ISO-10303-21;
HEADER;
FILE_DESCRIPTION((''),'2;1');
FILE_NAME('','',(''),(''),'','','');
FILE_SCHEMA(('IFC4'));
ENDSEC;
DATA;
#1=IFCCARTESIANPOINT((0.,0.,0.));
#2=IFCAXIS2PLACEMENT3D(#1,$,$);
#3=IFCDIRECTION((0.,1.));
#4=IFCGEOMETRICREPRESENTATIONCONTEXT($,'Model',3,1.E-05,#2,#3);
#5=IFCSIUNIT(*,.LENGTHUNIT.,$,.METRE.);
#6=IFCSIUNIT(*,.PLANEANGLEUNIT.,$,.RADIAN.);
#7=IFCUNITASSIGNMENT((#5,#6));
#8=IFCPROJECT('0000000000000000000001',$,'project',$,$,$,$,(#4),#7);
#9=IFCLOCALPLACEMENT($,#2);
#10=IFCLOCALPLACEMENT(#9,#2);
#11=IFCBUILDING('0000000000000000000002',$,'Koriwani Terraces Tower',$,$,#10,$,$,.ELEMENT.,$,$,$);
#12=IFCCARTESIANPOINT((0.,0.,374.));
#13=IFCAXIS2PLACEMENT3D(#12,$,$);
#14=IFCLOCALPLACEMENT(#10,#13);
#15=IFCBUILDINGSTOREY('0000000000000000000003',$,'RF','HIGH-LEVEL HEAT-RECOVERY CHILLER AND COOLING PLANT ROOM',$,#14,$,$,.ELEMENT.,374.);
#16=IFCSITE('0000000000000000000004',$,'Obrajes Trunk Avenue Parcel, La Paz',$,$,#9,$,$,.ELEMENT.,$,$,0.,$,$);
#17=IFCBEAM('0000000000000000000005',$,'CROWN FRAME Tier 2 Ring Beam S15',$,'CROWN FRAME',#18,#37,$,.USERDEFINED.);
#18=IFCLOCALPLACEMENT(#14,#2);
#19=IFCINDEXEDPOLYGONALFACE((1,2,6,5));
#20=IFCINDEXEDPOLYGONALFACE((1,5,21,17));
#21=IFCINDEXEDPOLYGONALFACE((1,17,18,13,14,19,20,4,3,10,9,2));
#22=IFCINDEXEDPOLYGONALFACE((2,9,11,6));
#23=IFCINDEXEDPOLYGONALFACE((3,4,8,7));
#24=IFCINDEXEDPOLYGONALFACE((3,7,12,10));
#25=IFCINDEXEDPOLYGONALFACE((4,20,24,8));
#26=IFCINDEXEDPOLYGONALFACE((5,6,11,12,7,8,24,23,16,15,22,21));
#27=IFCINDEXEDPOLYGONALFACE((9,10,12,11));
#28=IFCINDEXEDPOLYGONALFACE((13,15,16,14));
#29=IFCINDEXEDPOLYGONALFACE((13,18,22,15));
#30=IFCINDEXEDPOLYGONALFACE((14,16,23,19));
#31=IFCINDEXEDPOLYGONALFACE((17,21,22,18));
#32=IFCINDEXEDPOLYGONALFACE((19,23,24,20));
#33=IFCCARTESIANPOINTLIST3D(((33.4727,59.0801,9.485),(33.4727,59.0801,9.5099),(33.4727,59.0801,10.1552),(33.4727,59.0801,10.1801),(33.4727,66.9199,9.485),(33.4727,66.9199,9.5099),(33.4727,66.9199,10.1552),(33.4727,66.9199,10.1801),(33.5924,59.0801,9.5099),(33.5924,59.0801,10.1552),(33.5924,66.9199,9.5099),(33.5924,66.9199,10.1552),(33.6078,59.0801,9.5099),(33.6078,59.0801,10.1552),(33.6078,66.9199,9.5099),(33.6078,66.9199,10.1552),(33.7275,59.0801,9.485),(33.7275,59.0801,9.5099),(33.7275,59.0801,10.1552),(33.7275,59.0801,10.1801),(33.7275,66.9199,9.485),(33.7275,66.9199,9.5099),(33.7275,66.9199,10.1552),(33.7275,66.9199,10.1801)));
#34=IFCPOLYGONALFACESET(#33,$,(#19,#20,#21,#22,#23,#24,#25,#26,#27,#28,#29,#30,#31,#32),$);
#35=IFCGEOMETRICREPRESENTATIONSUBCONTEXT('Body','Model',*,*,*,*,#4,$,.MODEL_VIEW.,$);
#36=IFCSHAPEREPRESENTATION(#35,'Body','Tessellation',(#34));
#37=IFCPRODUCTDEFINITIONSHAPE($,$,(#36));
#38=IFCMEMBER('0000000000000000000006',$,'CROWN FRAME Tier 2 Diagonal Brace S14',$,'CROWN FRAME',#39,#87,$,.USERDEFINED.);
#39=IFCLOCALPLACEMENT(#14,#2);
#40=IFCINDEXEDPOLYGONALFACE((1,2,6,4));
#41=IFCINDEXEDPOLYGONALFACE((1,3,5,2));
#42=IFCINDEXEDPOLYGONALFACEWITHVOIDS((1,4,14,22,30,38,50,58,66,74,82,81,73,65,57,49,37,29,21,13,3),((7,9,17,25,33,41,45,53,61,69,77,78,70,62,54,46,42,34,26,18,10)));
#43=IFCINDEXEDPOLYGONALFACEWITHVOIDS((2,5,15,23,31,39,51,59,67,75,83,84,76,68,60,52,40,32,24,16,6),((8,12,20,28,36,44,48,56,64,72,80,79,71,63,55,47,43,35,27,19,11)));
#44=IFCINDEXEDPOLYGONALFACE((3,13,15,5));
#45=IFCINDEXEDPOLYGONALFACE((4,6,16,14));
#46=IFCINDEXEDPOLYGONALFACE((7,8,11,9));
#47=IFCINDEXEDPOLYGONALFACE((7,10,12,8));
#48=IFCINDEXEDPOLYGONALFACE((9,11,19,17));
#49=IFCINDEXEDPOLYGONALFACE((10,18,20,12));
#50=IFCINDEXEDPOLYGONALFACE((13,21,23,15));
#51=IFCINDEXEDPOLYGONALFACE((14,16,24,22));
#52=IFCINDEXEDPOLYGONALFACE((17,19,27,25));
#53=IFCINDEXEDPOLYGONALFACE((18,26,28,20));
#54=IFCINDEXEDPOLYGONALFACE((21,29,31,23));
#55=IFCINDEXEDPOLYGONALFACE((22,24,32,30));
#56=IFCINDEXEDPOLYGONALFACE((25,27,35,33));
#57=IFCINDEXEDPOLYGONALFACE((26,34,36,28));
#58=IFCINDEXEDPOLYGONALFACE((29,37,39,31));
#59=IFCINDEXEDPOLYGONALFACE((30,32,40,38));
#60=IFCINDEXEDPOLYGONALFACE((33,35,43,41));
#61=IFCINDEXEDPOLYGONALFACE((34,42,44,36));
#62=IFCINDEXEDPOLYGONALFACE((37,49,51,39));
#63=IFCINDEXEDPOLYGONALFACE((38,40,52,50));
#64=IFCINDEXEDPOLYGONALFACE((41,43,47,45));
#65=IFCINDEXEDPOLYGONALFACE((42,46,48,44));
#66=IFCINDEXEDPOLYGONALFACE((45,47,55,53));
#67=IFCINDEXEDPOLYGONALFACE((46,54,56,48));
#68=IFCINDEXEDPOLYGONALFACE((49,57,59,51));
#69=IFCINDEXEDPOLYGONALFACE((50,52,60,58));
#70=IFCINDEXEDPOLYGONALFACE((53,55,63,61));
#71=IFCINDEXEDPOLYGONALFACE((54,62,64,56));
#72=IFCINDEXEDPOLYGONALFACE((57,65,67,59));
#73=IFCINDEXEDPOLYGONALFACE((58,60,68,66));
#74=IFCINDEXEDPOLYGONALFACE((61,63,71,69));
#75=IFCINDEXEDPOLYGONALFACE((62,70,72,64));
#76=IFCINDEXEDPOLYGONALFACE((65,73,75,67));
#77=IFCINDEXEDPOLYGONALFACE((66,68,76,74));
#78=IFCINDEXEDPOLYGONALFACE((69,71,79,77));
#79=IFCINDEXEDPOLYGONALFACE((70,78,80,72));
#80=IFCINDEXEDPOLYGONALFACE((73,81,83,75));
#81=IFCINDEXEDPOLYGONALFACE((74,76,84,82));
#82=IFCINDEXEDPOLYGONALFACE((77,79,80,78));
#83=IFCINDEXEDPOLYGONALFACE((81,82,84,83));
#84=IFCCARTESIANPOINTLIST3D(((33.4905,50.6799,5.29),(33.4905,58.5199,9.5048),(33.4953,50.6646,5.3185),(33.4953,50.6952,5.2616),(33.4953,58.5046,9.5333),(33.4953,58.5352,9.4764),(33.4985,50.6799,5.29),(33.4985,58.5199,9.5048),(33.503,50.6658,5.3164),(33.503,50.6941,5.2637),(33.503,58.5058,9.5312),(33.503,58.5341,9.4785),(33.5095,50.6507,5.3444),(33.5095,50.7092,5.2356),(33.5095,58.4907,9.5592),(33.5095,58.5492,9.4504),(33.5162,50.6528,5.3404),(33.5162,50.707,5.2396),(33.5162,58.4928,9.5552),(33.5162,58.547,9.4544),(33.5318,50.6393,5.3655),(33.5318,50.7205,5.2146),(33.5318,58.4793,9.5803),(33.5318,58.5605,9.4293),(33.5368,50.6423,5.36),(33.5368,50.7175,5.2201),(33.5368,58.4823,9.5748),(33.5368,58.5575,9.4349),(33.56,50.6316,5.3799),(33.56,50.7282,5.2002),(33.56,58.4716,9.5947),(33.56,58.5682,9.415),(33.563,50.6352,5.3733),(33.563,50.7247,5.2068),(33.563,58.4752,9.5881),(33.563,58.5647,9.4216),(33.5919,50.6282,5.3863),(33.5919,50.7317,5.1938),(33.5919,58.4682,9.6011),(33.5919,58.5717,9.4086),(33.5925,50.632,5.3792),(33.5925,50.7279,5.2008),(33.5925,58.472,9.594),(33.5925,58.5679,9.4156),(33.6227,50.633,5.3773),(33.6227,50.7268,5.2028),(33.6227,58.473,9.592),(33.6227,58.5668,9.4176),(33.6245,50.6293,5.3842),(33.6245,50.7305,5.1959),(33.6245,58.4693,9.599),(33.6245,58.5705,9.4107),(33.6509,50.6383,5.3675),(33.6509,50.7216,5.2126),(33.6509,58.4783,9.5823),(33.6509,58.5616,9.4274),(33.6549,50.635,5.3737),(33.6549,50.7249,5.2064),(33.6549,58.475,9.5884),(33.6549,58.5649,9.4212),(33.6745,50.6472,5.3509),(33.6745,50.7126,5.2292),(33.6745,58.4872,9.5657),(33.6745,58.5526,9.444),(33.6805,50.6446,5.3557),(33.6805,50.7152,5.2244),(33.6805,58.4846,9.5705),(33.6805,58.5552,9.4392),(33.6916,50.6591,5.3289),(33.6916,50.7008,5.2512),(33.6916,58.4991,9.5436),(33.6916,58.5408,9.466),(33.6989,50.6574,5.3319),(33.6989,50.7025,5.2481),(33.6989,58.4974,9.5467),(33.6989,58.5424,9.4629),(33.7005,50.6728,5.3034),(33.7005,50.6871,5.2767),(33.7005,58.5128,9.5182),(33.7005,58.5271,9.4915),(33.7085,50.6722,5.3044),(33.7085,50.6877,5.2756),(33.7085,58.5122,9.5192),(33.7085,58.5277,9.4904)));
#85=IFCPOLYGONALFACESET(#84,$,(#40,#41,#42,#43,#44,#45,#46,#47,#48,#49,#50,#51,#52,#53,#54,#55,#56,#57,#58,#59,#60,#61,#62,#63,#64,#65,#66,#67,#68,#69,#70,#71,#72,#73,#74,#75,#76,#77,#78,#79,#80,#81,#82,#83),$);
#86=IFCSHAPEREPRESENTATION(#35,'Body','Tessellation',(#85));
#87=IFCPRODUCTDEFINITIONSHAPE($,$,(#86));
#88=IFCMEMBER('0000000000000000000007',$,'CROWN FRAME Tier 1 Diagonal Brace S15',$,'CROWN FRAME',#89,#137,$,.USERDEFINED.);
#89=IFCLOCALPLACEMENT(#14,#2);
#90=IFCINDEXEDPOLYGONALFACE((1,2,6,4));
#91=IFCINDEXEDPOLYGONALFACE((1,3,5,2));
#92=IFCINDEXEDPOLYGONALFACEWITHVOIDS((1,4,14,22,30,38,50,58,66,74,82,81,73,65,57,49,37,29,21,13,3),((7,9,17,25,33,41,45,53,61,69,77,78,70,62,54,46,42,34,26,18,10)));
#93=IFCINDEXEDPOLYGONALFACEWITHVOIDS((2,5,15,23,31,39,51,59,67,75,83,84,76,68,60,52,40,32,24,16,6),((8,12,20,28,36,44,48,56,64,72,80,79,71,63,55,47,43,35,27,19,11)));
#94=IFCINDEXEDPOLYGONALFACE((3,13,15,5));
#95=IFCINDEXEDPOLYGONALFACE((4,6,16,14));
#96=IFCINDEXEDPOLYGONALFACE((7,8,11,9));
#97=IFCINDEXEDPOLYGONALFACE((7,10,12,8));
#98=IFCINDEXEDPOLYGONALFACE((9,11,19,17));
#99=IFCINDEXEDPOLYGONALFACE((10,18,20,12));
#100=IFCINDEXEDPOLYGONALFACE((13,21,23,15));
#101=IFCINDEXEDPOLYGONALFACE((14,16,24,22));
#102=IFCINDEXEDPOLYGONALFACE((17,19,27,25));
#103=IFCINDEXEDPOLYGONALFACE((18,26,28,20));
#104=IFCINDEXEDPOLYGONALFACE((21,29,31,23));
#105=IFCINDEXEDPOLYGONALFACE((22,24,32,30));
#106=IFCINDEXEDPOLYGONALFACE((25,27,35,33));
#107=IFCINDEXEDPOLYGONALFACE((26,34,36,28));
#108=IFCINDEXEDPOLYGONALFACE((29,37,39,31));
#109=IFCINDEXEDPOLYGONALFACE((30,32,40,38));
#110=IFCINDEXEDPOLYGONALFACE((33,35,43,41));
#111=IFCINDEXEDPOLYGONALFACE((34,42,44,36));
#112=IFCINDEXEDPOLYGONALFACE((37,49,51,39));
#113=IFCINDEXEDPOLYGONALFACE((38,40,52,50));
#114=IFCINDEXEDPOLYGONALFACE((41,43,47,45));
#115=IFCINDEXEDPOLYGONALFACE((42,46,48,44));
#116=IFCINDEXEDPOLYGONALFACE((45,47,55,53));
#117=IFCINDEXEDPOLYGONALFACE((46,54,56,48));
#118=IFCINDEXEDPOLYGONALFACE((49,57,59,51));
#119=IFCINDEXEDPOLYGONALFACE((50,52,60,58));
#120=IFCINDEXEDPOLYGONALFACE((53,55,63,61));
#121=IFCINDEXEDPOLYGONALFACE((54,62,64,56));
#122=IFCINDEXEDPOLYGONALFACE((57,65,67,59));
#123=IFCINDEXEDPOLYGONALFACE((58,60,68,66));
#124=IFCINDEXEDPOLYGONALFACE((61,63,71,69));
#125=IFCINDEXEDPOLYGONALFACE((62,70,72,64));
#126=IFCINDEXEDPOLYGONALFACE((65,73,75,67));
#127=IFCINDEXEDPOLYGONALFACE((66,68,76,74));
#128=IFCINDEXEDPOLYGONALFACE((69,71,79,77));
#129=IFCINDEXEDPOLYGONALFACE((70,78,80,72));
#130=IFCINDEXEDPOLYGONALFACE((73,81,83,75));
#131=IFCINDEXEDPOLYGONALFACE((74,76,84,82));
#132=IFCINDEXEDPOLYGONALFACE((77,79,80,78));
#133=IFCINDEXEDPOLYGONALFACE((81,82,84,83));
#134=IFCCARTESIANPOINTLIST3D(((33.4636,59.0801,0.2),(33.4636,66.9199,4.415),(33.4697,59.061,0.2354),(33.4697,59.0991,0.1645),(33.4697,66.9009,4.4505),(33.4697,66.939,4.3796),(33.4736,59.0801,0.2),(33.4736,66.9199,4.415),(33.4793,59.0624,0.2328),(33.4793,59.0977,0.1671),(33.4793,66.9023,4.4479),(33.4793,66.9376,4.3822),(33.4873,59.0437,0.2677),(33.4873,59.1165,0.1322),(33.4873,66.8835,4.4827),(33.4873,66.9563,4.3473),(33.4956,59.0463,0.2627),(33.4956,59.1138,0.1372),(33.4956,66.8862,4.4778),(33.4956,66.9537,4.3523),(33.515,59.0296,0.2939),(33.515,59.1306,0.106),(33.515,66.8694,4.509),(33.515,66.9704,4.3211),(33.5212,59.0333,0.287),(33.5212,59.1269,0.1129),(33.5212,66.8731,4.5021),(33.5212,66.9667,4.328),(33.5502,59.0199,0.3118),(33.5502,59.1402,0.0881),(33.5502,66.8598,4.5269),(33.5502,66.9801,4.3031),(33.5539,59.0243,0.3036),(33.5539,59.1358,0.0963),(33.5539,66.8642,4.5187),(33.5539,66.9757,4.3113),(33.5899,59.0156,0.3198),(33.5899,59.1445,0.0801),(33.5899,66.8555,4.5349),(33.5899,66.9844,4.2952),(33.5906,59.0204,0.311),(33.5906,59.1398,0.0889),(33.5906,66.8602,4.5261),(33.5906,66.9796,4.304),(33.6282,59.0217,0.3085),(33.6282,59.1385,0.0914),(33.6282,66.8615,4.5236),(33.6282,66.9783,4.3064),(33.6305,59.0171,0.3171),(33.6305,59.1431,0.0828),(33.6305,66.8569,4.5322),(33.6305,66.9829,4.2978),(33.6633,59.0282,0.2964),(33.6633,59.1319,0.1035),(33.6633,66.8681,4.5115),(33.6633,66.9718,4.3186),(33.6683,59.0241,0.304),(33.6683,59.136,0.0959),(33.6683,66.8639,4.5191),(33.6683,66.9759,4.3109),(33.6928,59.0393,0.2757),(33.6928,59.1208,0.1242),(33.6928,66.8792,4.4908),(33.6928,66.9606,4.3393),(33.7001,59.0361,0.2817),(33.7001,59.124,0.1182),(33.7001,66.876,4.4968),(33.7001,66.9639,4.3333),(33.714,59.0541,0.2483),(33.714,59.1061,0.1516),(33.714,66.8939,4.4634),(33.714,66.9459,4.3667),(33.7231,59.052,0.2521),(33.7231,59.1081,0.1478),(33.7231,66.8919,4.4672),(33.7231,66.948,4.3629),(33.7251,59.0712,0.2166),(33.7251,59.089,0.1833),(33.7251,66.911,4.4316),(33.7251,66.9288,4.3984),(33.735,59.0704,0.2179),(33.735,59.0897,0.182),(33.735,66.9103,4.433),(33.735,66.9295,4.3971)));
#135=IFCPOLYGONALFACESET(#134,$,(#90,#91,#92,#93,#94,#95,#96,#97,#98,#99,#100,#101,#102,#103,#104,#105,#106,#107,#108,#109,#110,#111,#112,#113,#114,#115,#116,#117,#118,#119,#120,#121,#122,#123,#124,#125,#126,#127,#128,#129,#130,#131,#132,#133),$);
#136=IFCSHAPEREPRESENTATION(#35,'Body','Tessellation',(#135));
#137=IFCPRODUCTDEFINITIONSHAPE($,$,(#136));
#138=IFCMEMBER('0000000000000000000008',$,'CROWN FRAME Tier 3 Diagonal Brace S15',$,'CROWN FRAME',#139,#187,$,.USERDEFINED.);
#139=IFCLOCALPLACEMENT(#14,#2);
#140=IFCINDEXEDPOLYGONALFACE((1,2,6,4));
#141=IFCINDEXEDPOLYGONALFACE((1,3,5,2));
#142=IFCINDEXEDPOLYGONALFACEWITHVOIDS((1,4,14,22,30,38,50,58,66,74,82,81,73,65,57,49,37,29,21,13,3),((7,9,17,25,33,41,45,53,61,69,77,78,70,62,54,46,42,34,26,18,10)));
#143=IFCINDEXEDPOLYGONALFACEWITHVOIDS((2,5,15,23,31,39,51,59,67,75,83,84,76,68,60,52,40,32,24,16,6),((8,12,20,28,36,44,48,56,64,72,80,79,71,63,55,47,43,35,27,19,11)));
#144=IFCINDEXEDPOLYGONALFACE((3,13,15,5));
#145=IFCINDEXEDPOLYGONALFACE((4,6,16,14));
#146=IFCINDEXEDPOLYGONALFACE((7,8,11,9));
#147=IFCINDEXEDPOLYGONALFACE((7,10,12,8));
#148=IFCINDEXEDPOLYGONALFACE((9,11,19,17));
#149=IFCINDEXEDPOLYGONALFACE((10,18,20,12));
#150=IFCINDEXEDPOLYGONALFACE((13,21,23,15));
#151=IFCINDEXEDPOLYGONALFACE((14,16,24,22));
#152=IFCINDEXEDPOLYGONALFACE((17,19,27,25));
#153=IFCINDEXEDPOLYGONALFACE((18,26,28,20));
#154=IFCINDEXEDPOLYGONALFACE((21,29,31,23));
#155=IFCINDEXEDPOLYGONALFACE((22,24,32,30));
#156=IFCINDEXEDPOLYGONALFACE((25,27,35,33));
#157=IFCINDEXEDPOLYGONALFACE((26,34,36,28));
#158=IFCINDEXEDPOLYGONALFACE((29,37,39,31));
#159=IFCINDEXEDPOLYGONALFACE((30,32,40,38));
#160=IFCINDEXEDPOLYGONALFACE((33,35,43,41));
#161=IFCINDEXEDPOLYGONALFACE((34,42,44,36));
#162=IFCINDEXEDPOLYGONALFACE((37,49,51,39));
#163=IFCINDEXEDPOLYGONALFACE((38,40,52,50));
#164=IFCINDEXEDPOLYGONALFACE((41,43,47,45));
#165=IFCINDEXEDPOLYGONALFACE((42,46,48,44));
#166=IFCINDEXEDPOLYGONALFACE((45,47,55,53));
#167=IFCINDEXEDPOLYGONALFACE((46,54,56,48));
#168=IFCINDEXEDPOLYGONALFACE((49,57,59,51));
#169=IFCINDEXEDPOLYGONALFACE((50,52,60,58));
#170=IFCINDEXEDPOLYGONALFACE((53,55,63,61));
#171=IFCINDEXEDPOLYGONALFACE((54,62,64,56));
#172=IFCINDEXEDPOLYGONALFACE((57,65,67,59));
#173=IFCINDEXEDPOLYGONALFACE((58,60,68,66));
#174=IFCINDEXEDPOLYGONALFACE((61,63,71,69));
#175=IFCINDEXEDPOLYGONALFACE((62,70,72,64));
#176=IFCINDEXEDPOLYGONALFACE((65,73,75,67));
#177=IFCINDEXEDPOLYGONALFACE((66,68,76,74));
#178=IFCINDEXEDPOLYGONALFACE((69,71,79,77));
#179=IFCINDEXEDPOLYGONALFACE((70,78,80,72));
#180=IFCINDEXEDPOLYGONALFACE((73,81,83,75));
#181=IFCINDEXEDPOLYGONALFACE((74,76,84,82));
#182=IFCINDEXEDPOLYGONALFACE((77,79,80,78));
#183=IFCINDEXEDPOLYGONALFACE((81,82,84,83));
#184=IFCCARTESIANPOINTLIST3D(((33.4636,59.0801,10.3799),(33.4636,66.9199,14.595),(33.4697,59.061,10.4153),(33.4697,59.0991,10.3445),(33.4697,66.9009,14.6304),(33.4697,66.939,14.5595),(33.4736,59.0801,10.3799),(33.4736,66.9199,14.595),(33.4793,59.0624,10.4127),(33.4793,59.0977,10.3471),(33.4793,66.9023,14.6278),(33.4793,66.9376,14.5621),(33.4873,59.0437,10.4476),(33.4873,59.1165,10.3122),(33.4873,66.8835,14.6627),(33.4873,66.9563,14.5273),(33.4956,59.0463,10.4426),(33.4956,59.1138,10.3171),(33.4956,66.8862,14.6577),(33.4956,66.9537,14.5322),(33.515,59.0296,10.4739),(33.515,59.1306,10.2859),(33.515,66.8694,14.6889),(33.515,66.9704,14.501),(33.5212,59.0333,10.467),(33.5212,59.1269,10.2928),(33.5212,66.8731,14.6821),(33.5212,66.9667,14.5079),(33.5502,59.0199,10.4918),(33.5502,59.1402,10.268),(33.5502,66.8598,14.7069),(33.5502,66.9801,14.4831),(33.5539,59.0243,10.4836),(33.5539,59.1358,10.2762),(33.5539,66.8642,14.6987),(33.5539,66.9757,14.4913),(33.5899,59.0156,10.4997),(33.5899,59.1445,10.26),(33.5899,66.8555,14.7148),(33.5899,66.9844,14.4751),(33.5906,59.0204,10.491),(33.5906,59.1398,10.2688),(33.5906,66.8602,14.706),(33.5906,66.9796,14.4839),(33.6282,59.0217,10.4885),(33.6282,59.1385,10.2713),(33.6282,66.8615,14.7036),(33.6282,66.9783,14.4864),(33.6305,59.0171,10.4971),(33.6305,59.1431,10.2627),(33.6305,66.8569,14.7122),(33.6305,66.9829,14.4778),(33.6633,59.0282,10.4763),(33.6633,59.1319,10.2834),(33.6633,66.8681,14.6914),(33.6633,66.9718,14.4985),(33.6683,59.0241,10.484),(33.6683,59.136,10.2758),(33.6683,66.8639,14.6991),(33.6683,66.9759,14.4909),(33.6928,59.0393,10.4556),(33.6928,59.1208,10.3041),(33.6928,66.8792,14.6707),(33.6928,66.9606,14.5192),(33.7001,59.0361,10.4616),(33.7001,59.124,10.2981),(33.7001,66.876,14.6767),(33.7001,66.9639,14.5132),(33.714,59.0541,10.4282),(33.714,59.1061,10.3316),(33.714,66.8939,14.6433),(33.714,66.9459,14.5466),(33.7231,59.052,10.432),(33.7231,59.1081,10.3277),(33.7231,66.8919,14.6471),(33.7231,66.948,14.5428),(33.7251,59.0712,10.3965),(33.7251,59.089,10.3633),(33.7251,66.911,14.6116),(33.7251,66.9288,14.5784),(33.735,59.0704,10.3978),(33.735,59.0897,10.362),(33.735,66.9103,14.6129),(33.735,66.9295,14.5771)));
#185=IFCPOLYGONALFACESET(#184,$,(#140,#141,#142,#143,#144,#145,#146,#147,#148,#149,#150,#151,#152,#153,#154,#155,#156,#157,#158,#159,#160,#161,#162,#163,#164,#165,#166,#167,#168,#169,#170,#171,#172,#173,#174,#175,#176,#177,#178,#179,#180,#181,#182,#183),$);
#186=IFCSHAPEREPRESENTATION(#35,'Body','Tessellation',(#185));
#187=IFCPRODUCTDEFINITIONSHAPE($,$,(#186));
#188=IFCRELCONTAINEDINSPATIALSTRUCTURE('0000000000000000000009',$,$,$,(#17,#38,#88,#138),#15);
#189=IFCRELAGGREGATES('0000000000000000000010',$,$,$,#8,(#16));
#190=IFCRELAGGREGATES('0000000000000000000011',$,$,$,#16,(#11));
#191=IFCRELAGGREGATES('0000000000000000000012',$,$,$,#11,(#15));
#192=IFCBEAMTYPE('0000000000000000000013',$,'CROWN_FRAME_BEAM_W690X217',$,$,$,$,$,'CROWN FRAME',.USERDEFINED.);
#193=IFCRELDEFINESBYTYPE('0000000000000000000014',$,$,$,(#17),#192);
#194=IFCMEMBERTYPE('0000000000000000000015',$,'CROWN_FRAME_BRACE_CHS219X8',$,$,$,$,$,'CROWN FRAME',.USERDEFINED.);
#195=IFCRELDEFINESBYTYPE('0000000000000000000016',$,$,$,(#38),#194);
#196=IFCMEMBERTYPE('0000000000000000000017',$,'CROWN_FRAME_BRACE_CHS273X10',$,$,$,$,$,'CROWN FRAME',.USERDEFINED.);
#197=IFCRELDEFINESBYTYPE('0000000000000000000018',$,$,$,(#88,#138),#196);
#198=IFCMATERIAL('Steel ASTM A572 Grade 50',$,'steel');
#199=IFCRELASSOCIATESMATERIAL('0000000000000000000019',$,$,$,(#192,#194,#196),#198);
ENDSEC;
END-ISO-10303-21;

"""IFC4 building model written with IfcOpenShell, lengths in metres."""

from ifc_helpers import new_model, si_unit, direction, frame, origin, origin_2d, place, context, subcontext, project, spatial, hollow_circle, i_section, extrude, material, material_profile, profile_set, type_object, element, save


model = new_model("IFC4")

# Units and contexts
model_context = context("Model", 3, precision=1e-05, world=origin(), true_north=direction((0.0, 1.0)))
body_context = subcontext(model_context, "Body", "Model", "MODEL_VIEW")
ifc_project = project(units=[si_unit("LENGTHUNIT", "METRE"), si_unit("PLANEANGLEUNIT", "RADIAN")], contexts=[model_context])

# Site, building, storey
site_placement = place(None, origin())
site = spatial("IfcSite", under=ifc_project, at=site_placement, Name="Obrajes Trunk Avenue Parcel, La Paz", CompositionType="ELEMENT", RefElevation=0.0)
building_placement = place(site_placement, origin())
building = spatial("IfcBuilding", under=site, at=building_placement, Name="Koriwani Terraces Tower", CompositionType="ELEMENT")
storey_placement = place(building_placement, frame((0.0, 0.0, 374.0)))
storey = spatial("IfcBuildingStorey", under=building, at=storey_placement, Name="RF", Description="HIGH-LEVEL HEAT-RECOVERY CHILLER AND COOLING PLANT ROOM", CompositionType="ELEMENT", Elevation=374.0)

# Shared definitions
ifc_material_1 = material(Name="Steel ASTM A572 Grade 50", Category="steel")

# Beam
ifc_material_profile_1 = material_profile(ifc_material_1, i_section(OverallWidth=0.2549, OverallDepth=0.6951, WebThickness=0.0154, FlangeThickness=0.0249, at=origin_2d()), Name="Steel ASTM A572 Grade 50", Category="LoadBearing")
ifc_profile_set_1 = profile_set([ifc_material_profile_1], Name="Steel ASTM A572 Grade 50")
beam_type_1 = type_object("IfcBeamType", Name="CROWN_FRAME_BEAM_W690X217", ElementType="CROWN FRAME", PredefinedType="USERDEFINED", material=ifc_profile_set_1)
beam_1_placement = place(storey_placement, frame((33.6001, 59.0801, 9.8325), z_axis=(0.0, 1.0, 0.0), x_axis=(-1.0, 0.0, 0.0)))
element("IfcBeam", 1, at=beam_1_placement, inside=storey, type_object=beam_type_1, Name="CROWN FRAME Tier 2 Ring Beam S15", ObjectType="CROWN FRAME", PredefinedType="USERDEFINED", context=body_context, shape_type="SweptSolid", body=[
    extrude(i_section(OverallWidth=0.2549, OverallDepth=0.6951, WebThickness=0.0154, FlangeThickness=0.0249, at=origin_2d()), origin(), (0.0, 0.0, 1.0), 7.8398),
])

# Members
ifc_material_profile_2 = material_profile(ifc_material_1, hollow_circle(Radius=0.1096, WallThickness=0.0081, at=origin_2d()), Name="Steel ASTM A572 Grade 50", Category="LoadBearing")
ifc_profile_set_2 = profile_set([ifc_material_profile_2], Name="Steel ASTM A572 Grade 50")
member_type_1 = type_object("IfcMemberType", Name="CROWN_FRAME_BRACE_CHS219X8", ElementType="CROWN FRAME", PredefinedType="USERDEFINED", material=ifc_profile_set_2)
member_placement = place(storey_placement, frame((33.6001, 50.6799, 5.29), z_axis=(0.0, 0.880787, 0.473513), x_axis=(-1.0, 0.0, 0.0)))
element("IfcMember", 2, at=member_placement, inside=storey, type_object=member_type_1, Name="CROWN FRAME Tier 2 Diagonal Brace S14", ObjectType="CROWN FRAME", PredefinedType="USERDEFINED", context=body_context, shape_type="SweptSolid", body=[
    extrude(hollow_circle(Radius=0.1096, WallThickness=0.0081, at=origin_2d()), origin(), (0.0, 0.0, 1.0), 8.9011),
])
ifc_material_profile_3 = material_profile(ifc_material_1, hollow_circle(Radius=0.1365, WallThickness=0.01, at=origin_2d()), Name="Steel ASTM A572 Grade 50", Category="LoadBearing")
ifc_profile_set_3 = profile_set([ifc_material_profile_3], Name="Steel ASTM A572 Grade 50")
member_type_2 = type_object("IfcMemberType", Name="CROWN_FRAME_BRACE_CHS273X10", ElementType="CROWN FRAME", PredefinedType="USERDEFINED", material=ifc_profile_set_3)
for number, where, z_axis, x_axis, name in (
    (3, (33.6001, 59.0801, 0.2), (0.0, 0.880769, 0.473545), (-1.0, 0.0, 0.0), "CROWN FRAME Tier 1 Diagonal Brace S15"),
    (4, (33.6001, 59.0801, 10.3799), (0.0, 0.880769, 0.473545), (-1.0, 0.0, 0.0), "CROWN FRAME Tier 3 Diagonal Brace S15"),
):
    element("IfcMember", number, at=place(storey_placement, frame(where, z_axis=z_axis, x_axis=x_axis)), inside=storey, type_object=member_type_2, Name=name, ObjectType="CROWN FRAME", PredefinedType="USERDEFINED", context=body_context, shape_type="SweptSolid", body=[
        extrude(hollow_circle(Radius=0.1365, WallThickness=0.01, at=origin_2d()), origin(), (0.0, 0.0, 1.0), 8.9011),
    ])

save(model, "model.ifc")
